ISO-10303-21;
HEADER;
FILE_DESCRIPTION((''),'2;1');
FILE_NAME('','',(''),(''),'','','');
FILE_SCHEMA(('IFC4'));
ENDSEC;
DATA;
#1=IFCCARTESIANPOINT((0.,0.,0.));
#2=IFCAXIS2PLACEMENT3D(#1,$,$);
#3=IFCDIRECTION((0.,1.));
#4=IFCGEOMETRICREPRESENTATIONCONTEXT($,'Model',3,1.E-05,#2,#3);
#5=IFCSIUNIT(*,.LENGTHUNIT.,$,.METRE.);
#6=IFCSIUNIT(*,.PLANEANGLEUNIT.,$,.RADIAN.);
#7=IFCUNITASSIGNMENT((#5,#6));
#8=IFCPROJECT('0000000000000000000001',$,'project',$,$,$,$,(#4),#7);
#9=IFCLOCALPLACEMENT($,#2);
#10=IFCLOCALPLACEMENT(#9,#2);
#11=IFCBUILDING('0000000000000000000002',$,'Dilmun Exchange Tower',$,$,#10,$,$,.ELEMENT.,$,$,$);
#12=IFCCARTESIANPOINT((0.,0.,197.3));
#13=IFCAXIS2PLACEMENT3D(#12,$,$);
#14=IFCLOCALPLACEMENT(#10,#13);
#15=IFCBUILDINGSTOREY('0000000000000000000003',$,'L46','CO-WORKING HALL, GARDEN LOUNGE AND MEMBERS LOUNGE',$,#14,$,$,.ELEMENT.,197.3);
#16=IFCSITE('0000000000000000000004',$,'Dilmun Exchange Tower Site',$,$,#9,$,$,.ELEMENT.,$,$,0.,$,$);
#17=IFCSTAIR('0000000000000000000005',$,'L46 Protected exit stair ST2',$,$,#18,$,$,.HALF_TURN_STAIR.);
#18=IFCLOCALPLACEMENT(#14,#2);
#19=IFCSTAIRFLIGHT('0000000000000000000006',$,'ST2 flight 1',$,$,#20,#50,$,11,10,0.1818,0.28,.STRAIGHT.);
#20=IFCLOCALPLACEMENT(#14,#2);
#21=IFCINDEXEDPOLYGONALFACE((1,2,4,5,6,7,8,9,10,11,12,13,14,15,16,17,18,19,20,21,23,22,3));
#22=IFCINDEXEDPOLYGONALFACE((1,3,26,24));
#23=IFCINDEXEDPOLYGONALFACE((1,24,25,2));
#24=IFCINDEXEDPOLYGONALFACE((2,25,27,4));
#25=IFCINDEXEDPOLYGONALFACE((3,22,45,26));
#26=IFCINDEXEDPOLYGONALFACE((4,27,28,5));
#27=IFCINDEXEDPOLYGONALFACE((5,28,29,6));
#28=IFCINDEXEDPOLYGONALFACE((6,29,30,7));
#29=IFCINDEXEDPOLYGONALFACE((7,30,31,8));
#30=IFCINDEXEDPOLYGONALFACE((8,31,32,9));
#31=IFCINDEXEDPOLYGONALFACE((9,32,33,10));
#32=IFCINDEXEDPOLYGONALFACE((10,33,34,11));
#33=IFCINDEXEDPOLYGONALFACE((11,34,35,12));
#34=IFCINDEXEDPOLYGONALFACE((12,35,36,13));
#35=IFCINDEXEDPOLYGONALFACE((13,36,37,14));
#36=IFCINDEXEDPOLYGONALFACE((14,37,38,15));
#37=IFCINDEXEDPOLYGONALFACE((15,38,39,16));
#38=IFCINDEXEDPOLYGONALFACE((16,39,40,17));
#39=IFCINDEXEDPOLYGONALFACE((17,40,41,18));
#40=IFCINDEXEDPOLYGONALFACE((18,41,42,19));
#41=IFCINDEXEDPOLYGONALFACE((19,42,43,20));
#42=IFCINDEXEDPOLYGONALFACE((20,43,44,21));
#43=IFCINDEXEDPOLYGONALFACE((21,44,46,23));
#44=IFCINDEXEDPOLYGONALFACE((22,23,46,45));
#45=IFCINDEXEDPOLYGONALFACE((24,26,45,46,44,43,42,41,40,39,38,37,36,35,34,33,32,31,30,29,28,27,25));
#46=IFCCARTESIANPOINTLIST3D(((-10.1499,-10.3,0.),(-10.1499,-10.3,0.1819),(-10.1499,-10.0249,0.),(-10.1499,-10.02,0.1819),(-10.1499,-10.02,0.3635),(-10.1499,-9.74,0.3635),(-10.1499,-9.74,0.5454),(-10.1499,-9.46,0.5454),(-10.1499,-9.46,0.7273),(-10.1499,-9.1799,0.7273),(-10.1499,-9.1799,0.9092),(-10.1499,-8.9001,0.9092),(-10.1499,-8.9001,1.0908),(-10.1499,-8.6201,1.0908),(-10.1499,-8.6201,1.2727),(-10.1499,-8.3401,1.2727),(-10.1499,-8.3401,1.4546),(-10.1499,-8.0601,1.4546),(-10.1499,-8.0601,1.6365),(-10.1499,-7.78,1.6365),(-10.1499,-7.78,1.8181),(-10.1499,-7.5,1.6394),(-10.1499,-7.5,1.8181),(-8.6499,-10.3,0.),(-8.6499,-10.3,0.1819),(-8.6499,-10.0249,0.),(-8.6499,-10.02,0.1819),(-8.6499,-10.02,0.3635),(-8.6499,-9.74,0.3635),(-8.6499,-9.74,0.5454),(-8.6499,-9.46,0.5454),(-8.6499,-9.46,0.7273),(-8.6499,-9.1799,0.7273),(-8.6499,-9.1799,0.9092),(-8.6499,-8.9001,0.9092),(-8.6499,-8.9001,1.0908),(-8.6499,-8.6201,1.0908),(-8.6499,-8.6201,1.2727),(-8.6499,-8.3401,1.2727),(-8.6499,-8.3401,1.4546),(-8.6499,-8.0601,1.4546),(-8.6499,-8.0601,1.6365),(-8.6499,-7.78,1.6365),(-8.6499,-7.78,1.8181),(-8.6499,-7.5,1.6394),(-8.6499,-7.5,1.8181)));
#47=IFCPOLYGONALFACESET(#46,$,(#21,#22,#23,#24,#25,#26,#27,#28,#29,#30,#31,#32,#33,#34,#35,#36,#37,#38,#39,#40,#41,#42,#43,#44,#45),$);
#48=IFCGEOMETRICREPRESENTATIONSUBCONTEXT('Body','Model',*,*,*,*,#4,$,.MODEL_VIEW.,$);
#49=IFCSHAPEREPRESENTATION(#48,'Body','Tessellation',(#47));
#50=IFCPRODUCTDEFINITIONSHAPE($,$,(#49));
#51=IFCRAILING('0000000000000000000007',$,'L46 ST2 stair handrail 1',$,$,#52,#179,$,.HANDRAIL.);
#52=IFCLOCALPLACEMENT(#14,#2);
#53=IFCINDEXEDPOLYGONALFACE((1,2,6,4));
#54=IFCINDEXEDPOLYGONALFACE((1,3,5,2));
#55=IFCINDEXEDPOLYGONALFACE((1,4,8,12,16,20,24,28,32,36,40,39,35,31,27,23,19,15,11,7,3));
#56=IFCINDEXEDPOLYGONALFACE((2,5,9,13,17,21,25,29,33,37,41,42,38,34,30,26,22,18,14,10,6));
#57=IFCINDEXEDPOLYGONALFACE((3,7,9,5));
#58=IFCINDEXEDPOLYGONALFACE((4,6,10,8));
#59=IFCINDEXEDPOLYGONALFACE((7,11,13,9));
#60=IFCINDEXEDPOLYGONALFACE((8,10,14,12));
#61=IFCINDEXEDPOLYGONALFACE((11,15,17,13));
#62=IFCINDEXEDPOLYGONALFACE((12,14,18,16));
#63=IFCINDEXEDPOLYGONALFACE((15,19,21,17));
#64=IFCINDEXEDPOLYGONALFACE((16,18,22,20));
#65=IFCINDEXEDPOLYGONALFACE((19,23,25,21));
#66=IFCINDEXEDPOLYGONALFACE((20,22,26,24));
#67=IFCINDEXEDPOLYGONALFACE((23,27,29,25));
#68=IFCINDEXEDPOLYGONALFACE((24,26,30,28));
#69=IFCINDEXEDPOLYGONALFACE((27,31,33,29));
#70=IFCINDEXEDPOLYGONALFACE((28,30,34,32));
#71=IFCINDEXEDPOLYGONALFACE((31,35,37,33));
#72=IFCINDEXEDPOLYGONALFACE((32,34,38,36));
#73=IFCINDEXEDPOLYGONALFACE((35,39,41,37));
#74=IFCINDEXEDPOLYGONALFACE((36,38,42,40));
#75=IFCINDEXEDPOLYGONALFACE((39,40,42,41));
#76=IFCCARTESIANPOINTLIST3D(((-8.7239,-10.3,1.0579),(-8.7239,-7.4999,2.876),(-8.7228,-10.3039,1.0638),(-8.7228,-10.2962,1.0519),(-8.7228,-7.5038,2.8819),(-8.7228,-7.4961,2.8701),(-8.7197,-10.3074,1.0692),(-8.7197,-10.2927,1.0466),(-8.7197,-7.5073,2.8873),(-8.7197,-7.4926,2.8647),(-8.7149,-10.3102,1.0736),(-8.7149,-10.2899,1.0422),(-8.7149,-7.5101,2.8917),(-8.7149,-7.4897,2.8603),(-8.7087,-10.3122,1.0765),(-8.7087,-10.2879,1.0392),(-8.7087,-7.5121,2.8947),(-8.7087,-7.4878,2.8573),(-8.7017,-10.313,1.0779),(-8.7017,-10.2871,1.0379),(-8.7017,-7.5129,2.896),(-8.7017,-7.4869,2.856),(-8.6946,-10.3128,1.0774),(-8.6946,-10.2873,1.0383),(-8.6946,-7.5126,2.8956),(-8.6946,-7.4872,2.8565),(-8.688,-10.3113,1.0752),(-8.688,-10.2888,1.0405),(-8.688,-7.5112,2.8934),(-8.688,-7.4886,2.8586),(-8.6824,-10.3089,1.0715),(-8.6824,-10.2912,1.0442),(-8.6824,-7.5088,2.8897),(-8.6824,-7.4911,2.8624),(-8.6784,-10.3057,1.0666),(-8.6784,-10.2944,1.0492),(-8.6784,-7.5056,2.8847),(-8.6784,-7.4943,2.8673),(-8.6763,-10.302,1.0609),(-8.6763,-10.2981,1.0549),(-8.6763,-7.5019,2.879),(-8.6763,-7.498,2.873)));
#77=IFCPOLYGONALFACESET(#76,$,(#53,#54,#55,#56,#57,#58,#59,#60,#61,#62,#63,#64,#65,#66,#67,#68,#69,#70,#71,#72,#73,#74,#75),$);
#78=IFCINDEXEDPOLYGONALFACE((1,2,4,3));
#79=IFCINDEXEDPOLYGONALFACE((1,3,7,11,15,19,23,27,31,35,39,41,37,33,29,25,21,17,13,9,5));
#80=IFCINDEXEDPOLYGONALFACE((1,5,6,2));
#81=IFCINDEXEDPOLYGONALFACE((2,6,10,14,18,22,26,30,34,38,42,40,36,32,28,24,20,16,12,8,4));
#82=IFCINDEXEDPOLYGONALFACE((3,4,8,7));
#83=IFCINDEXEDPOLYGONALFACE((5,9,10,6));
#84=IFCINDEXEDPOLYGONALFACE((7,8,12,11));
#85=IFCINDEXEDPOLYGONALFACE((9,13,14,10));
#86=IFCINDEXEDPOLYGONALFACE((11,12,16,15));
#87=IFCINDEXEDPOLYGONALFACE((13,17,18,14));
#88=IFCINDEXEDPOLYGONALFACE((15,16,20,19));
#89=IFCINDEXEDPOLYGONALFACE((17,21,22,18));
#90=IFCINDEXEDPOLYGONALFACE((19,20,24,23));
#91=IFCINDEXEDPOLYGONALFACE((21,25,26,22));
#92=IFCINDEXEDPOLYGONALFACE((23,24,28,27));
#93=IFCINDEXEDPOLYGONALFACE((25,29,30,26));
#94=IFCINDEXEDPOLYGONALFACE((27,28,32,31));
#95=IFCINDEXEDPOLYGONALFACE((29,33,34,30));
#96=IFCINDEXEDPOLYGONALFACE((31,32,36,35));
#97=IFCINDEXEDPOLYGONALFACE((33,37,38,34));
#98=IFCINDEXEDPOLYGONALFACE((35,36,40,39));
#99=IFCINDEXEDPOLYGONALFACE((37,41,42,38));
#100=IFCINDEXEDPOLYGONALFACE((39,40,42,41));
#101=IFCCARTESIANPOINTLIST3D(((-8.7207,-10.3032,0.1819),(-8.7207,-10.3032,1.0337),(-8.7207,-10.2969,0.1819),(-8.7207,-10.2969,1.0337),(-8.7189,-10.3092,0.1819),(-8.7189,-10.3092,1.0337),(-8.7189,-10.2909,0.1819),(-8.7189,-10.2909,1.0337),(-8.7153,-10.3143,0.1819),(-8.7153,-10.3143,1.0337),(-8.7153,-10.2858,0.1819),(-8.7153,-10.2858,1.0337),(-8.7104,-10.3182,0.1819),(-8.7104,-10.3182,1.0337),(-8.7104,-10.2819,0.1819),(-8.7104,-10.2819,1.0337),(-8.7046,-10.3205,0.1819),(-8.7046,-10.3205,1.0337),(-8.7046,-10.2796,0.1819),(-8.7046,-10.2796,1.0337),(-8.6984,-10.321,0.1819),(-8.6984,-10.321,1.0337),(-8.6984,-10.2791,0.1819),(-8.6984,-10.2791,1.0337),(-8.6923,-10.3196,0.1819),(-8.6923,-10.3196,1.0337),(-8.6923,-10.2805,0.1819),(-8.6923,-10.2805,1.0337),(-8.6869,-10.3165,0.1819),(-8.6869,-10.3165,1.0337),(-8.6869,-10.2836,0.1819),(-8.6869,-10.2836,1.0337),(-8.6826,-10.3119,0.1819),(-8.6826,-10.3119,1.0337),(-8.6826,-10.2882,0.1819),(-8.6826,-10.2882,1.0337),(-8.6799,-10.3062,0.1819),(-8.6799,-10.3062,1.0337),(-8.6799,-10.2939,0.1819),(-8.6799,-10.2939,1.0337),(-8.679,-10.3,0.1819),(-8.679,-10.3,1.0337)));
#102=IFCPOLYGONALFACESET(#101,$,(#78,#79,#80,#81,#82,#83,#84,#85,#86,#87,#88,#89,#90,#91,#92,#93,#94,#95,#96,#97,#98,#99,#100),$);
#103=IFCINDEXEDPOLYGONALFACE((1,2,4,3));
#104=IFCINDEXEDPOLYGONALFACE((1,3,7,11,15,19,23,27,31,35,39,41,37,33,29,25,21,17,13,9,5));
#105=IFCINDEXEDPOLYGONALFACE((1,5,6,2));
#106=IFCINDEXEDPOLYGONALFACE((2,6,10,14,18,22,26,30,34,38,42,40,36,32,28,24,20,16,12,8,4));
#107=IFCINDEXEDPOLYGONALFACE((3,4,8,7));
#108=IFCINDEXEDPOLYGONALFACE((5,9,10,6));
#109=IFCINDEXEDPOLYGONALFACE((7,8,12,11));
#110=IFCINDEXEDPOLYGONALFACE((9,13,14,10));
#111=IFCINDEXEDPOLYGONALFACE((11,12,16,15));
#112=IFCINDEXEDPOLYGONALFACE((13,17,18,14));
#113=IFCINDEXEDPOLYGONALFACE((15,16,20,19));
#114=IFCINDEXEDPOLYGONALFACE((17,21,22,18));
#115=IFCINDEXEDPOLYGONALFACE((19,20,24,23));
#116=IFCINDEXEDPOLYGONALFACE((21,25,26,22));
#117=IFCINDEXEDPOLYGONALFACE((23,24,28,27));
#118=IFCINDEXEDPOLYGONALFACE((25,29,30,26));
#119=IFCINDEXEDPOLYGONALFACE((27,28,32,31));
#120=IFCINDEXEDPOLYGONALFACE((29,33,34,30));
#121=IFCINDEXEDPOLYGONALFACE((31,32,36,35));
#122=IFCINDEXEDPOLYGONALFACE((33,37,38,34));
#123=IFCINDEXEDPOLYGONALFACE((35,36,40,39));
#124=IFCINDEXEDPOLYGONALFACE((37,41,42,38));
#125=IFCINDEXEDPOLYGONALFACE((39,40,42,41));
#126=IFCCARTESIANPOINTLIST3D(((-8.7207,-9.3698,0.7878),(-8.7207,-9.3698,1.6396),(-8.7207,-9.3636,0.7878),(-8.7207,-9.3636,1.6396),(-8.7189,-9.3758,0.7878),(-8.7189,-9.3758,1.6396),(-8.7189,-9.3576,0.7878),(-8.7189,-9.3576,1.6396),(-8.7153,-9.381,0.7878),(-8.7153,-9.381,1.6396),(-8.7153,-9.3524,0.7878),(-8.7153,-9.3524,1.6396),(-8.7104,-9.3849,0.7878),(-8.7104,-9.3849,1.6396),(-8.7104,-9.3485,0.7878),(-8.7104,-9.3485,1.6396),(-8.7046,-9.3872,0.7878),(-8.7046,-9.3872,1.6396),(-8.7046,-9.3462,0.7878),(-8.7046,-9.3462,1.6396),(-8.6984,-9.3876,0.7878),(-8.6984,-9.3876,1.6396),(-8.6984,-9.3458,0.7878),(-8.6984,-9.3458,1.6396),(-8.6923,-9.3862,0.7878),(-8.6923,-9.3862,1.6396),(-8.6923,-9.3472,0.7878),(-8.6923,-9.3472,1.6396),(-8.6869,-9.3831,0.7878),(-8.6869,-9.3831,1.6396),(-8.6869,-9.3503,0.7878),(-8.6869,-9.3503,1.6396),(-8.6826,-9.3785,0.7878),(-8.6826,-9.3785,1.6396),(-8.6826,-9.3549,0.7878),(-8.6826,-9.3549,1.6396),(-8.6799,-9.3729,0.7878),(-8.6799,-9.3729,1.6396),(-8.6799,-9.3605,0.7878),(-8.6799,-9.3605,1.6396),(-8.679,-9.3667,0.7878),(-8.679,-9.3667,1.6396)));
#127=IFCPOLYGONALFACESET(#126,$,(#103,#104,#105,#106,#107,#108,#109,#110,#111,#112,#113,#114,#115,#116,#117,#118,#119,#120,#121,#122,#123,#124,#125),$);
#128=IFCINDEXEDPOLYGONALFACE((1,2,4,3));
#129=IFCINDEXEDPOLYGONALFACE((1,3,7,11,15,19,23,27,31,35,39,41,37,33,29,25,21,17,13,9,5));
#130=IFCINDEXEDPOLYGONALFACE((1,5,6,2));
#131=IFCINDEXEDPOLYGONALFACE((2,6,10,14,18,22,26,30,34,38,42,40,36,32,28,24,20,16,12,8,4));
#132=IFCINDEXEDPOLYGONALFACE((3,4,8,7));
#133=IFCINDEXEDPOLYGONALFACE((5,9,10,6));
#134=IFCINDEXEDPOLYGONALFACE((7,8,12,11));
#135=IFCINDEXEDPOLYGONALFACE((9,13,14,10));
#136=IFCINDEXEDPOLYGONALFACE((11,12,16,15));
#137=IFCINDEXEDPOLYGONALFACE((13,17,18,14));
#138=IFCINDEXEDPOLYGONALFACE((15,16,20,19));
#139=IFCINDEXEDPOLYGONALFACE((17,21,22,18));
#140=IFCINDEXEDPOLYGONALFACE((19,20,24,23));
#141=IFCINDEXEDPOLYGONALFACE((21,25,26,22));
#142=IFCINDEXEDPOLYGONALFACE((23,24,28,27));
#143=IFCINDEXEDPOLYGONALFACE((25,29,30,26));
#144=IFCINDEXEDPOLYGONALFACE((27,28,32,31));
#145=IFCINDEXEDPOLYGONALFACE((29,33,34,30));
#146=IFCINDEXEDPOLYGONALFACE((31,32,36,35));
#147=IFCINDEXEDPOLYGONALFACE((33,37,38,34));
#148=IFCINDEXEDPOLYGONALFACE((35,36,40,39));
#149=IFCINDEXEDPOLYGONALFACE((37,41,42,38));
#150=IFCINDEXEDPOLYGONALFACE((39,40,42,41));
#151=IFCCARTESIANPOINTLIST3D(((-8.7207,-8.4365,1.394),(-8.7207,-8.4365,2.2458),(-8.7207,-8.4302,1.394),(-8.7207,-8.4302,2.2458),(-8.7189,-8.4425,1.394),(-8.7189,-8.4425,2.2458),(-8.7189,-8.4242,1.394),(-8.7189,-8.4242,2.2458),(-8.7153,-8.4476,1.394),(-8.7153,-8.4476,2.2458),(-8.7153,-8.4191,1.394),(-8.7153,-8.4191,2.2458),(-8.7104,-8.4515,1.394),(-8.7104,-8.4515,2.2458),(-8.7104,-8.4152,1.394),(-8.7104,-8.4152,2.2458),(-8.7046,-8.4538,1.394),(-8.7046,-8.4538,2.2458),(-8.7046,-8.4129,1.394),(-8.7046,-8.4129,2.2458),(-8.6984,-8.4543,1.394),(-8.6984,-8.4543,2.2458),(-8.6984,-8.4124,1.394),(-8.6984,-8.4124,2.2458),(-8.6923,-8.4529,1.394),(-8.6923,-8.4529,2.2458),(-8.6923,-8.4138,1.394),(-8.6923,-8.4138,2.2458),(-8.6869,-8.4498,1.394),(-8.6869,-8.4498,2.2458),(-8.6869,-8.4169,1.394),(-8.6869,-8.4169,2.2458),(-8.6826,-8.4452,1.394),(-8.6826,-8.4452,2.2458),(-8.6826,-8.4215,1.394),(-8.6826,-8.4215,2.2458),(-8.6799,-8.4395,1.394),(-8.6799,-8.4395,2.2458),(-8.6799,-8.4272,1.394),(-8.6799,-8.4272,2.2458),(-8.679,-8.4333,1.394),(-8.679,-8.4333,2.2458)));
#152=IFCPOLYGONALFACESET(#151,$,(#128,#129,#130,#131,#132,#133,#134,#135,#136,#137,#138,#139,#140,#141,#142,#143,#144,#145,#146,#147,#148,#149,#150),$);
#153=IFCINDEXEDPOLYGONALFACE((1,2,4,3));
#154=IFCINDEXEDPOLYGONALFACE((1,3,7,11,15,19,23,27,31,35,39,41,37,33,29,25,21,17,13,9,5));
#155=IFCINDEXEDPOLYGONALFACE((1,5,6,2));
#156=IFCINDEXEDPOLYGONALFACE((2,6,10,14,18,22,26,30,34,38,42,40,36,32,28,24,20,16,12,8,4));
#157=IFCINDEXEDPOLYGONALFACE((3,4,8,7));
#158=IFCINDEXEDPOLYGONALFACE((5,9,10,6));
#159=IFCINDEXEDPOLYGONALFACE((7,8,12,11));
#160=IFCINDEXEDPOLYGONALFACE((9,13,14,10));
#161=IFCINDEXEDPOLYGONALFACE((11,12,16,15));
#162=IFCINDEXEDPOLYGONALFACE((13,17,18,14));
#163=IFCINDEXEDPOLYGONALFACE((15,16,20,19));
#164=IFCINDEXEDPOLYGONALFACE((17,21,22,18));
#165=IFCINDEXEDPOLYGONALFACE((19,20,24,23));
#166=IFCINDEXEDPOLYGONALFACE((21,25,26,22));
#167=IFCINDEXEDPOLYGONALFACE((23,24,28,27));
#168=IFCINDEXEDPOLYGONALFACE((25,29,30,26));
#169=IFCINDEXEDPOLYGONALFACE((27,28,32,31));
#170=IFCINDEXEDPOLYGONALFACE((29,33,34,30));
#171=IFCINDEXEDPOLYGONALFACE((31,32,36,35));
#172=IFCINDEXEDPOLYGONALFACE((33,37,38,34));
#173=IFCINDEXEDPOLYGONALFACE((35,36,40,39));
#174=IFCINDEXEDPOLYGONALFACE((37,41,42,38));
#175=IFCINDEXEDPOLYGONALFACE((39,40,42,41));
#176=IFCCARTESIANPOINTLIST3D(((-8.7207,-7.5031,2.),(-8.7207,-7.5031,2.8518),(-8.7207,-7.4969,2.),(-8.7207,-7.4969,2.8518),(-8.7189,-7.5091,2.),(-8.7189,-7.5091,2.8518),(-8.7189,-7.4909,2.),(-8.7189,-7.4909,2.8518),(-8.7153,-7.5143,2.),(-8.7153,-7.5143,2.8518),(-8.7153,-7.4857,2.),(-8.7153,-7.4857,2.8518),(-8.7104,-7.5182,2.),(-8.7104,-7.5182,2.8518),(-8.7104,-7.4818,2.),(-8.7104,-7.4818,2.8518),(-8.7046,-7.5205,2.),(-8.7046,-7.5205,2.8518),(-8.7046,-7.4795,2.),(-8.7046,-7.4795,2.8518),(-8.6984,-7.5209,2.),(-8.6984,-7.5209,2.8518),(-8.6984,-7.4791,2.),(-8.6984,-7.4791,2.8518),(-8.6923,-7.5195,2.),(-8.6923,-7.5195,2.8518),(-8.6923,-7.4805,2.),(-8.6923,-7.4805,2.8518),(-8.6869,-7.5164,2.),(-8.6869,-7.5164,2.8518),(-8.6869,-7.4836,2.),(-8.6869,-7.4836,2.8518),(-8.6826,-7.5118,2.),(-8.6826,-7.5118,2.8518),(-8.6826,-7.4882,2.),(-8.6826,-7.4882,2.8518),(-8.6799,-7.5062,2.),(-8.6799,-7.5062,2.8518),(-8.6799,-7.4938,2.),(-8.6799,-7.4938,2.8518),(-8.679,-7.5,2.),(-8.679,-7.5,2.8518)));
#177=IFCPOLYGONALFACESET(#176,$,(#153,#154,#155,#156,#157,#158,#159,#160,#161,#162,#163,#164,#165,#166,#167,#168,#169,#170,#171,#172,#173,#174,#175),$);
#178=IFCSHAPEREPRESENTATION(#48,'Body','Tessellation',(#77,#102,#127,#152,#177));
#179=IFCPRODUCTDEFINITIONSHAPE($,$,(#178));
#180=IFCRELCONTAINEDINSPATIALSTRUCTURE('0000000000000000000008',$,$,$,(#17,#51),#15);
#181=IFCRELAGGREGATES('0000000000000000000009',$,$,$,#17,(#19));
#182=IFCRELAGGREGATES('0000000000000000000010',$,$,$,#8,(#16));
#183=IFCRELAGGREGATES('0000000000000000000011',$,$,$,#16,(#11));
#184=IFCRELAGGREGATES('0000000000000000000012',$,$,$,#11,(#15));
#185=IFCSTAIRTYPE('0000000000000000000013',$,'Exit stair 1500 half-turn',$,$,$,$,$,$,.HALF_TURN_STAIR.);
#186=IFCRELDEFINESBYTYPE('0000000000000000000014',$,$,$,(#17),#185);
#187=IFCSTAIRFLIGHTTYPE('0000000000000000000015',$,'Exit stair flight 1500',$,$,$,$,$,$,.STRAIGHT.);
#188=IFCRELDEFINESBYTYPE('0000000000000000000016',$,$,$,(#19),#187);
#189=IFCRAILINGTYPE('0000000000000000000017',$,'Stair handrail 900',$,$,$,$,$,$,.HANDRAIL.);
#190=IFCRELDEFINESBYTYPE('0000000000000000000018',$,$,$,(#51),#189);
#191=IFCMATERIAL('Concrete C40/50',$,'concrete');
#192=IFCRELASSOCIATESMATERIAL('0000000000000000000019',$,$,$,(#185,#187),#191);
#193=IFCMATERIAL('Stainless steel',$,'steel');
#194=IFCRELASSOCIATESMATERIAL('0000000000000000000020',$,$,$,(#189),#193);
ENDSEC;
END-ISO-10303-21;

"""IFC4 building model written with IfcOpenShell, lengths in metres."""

from ifc_helpers import new_model, si_unit, direction, frame, origin, origin_2d, place, context, subcontext, project, spatial, polyline, circle, outline, extrude, material, type_object, element, aggregate, save


model = new_model("IFC4")

# Units and contexts
model_context = context("Model", 3, precision=1e-05, world=origin(), true_north=direction((0.0, 1.0)))
body_context = subcontext(model_context, "Body", "Model", "MODEL_VIEW")
ifc_project = project(units=[si_unit("LENGTHUNIT", "METRE"), si_unit("PLANEANGLEUNIT", "RADIAN")], contexts=[model_context])

# Site, building, storey
site_placement = place(None, origin())
site = spatial("IfcSite", under=ifc_project, at=site_placement, Name="Dilmun Exchange Tower Site", CompositionType="ELEMENT", RefElevation=0.0)
building_placement = place(site_placement, origin())
building = spatial("IfcBuilding", under=site, at=building_placement, Name="Dilmun Exchange Tower", CompositionType="ELEMENT")
storey_placement = place(building_placement, frame((0.0, 0.0, 197.3)))
storey = spatial("IfcBuildingStorey", under=building, at=storey_placement, Name="L46", Description="CO-WORKING HALL, GARDEN LOUNGE AND MEMBERS LOUNGE", CompositionType="ELEMENT", Elevation=197.3)

# Shared definitions
ifc_material_1 = material(Name="Concrete C40/50", Category="concrete")

# Stair, stair flight
stair_type = type_object("IfcStairType", Name="Exit stair 1500 half-turn", PredefinedType="HALF_TURN_STAIR", material=ifc_material_1)
stair_placement = place(storey_placement, origin())
stair = element("IfcStair", 1, at=stair_placement, inside=storey, type_object=stair_type, Name="L46 Protected exit stair ST2", PredefinedType="HALF_TURN_STAIR")
stair_flight_type = type_object("IfcStairFlightType", Name="Exit stair flight 1500", PredefinedType="STRAIGHT", material=ifc_material_1)
stair_flight_placement = place(storey_placement, frame((-9.3999, -10.3, 0.0), z_axis=(0.0, 0.0, 1.0), x_axis=(0.0, 1.0, 0.0)))
stair_flight = element("IfcStairFlight", 2, at=stair_flight_placement, type_object=stair_flight_type, Name="ST2 flight 1", NumberOfRisers=11, NumberOfTreads=10, PredefinedType="STRAIGHT", RiserHeight=0.1818, TreadLength=0.28, context=body_context, shape_type="SweptSolid", body=[
    extrude(outline(polyline([(0.0, 0.0), (0.0, 0.1819), (0.28, 0.1819), (0.28, 0.3635), (0.5601, 0.3635), (0.5601, 0.5454), (0.8401, 0.5454), (0.8401, 0.7273), (1.1201, 0.7273), (1.1201, 0.9092), (1.3999, 0.9092), (1.3999, 1.0908), (1.6799, 1.0908), (1.6799, 1.2727), (1.96, 1.2727), (1.96, 1.4546), (2.24, 1.4546), (2.24, 1.6365), (2.52, 1.6365), (2.52, 1.8181), (2.8, 1.8181), (2.8, 2.0), (2.8, 1.6394), (0.2751, 0.0), (0.0, 0.0)])), frame((0.0, 0.75, 0.0), z_axis=(0.0, -1.0, 0.0), x_axis=(1.0, 0.0, 0.0)), (0.0, 0.0, 1.0), 1.5),
])
aggregate(stair, [stair_flight])

# Railing
ifc_material_2 = material(Name="Stainless steel", Category="steel")
railing_type = type_object("IfcRailingType", Name="Stair handrail 900", PredefinedType="HANDRAIL", material=ifc_material_2)
railing_placement = place(storey_placement, frame((-8.7, -10.3, 0.1819)))
element("IfcRailing", 3, at=railing_placement, inside=storey, type_object=railing_type, Name="L46 ST2 stair handrail 1", PredefinedType="HANDRAIL", context=body_context, shape_type="SweptSolid", body=[
    extrude(circle(Radius=0.0239, at=origin_2d()), frame((0.0, 0.0, 0.876), z_axis=(0.0, 0.838706, 0.544585), x_axis=(-1.0, 0.0, 0.0)), (0.0, 0.0, 1.0), 3.3386),
    extrude(circle(Radius=0.021, at=origin_2d()), origin(), (0.0, 0.0, 1.0), 0.8518),
    extrude(circle(Radius=0.021, at=origin_2d()), frame((0.0, 0.9333, 0.606)), (0.0, 0.0, 1.0), 0.8518),
    extrude(circle(Radius=0.021, at=origin_2d()), frame((0.0, 1.8667, 1.2122)), (0.0, 0.0, 1.0), 0.8518),
    extrude(circle(Radius=0.021, at=origin_2d()), frame((0.0, 2.8, 1.8181)), (0.0, 0.0, 1.0), 0.8518),
])

save(model, "model.ifc")
